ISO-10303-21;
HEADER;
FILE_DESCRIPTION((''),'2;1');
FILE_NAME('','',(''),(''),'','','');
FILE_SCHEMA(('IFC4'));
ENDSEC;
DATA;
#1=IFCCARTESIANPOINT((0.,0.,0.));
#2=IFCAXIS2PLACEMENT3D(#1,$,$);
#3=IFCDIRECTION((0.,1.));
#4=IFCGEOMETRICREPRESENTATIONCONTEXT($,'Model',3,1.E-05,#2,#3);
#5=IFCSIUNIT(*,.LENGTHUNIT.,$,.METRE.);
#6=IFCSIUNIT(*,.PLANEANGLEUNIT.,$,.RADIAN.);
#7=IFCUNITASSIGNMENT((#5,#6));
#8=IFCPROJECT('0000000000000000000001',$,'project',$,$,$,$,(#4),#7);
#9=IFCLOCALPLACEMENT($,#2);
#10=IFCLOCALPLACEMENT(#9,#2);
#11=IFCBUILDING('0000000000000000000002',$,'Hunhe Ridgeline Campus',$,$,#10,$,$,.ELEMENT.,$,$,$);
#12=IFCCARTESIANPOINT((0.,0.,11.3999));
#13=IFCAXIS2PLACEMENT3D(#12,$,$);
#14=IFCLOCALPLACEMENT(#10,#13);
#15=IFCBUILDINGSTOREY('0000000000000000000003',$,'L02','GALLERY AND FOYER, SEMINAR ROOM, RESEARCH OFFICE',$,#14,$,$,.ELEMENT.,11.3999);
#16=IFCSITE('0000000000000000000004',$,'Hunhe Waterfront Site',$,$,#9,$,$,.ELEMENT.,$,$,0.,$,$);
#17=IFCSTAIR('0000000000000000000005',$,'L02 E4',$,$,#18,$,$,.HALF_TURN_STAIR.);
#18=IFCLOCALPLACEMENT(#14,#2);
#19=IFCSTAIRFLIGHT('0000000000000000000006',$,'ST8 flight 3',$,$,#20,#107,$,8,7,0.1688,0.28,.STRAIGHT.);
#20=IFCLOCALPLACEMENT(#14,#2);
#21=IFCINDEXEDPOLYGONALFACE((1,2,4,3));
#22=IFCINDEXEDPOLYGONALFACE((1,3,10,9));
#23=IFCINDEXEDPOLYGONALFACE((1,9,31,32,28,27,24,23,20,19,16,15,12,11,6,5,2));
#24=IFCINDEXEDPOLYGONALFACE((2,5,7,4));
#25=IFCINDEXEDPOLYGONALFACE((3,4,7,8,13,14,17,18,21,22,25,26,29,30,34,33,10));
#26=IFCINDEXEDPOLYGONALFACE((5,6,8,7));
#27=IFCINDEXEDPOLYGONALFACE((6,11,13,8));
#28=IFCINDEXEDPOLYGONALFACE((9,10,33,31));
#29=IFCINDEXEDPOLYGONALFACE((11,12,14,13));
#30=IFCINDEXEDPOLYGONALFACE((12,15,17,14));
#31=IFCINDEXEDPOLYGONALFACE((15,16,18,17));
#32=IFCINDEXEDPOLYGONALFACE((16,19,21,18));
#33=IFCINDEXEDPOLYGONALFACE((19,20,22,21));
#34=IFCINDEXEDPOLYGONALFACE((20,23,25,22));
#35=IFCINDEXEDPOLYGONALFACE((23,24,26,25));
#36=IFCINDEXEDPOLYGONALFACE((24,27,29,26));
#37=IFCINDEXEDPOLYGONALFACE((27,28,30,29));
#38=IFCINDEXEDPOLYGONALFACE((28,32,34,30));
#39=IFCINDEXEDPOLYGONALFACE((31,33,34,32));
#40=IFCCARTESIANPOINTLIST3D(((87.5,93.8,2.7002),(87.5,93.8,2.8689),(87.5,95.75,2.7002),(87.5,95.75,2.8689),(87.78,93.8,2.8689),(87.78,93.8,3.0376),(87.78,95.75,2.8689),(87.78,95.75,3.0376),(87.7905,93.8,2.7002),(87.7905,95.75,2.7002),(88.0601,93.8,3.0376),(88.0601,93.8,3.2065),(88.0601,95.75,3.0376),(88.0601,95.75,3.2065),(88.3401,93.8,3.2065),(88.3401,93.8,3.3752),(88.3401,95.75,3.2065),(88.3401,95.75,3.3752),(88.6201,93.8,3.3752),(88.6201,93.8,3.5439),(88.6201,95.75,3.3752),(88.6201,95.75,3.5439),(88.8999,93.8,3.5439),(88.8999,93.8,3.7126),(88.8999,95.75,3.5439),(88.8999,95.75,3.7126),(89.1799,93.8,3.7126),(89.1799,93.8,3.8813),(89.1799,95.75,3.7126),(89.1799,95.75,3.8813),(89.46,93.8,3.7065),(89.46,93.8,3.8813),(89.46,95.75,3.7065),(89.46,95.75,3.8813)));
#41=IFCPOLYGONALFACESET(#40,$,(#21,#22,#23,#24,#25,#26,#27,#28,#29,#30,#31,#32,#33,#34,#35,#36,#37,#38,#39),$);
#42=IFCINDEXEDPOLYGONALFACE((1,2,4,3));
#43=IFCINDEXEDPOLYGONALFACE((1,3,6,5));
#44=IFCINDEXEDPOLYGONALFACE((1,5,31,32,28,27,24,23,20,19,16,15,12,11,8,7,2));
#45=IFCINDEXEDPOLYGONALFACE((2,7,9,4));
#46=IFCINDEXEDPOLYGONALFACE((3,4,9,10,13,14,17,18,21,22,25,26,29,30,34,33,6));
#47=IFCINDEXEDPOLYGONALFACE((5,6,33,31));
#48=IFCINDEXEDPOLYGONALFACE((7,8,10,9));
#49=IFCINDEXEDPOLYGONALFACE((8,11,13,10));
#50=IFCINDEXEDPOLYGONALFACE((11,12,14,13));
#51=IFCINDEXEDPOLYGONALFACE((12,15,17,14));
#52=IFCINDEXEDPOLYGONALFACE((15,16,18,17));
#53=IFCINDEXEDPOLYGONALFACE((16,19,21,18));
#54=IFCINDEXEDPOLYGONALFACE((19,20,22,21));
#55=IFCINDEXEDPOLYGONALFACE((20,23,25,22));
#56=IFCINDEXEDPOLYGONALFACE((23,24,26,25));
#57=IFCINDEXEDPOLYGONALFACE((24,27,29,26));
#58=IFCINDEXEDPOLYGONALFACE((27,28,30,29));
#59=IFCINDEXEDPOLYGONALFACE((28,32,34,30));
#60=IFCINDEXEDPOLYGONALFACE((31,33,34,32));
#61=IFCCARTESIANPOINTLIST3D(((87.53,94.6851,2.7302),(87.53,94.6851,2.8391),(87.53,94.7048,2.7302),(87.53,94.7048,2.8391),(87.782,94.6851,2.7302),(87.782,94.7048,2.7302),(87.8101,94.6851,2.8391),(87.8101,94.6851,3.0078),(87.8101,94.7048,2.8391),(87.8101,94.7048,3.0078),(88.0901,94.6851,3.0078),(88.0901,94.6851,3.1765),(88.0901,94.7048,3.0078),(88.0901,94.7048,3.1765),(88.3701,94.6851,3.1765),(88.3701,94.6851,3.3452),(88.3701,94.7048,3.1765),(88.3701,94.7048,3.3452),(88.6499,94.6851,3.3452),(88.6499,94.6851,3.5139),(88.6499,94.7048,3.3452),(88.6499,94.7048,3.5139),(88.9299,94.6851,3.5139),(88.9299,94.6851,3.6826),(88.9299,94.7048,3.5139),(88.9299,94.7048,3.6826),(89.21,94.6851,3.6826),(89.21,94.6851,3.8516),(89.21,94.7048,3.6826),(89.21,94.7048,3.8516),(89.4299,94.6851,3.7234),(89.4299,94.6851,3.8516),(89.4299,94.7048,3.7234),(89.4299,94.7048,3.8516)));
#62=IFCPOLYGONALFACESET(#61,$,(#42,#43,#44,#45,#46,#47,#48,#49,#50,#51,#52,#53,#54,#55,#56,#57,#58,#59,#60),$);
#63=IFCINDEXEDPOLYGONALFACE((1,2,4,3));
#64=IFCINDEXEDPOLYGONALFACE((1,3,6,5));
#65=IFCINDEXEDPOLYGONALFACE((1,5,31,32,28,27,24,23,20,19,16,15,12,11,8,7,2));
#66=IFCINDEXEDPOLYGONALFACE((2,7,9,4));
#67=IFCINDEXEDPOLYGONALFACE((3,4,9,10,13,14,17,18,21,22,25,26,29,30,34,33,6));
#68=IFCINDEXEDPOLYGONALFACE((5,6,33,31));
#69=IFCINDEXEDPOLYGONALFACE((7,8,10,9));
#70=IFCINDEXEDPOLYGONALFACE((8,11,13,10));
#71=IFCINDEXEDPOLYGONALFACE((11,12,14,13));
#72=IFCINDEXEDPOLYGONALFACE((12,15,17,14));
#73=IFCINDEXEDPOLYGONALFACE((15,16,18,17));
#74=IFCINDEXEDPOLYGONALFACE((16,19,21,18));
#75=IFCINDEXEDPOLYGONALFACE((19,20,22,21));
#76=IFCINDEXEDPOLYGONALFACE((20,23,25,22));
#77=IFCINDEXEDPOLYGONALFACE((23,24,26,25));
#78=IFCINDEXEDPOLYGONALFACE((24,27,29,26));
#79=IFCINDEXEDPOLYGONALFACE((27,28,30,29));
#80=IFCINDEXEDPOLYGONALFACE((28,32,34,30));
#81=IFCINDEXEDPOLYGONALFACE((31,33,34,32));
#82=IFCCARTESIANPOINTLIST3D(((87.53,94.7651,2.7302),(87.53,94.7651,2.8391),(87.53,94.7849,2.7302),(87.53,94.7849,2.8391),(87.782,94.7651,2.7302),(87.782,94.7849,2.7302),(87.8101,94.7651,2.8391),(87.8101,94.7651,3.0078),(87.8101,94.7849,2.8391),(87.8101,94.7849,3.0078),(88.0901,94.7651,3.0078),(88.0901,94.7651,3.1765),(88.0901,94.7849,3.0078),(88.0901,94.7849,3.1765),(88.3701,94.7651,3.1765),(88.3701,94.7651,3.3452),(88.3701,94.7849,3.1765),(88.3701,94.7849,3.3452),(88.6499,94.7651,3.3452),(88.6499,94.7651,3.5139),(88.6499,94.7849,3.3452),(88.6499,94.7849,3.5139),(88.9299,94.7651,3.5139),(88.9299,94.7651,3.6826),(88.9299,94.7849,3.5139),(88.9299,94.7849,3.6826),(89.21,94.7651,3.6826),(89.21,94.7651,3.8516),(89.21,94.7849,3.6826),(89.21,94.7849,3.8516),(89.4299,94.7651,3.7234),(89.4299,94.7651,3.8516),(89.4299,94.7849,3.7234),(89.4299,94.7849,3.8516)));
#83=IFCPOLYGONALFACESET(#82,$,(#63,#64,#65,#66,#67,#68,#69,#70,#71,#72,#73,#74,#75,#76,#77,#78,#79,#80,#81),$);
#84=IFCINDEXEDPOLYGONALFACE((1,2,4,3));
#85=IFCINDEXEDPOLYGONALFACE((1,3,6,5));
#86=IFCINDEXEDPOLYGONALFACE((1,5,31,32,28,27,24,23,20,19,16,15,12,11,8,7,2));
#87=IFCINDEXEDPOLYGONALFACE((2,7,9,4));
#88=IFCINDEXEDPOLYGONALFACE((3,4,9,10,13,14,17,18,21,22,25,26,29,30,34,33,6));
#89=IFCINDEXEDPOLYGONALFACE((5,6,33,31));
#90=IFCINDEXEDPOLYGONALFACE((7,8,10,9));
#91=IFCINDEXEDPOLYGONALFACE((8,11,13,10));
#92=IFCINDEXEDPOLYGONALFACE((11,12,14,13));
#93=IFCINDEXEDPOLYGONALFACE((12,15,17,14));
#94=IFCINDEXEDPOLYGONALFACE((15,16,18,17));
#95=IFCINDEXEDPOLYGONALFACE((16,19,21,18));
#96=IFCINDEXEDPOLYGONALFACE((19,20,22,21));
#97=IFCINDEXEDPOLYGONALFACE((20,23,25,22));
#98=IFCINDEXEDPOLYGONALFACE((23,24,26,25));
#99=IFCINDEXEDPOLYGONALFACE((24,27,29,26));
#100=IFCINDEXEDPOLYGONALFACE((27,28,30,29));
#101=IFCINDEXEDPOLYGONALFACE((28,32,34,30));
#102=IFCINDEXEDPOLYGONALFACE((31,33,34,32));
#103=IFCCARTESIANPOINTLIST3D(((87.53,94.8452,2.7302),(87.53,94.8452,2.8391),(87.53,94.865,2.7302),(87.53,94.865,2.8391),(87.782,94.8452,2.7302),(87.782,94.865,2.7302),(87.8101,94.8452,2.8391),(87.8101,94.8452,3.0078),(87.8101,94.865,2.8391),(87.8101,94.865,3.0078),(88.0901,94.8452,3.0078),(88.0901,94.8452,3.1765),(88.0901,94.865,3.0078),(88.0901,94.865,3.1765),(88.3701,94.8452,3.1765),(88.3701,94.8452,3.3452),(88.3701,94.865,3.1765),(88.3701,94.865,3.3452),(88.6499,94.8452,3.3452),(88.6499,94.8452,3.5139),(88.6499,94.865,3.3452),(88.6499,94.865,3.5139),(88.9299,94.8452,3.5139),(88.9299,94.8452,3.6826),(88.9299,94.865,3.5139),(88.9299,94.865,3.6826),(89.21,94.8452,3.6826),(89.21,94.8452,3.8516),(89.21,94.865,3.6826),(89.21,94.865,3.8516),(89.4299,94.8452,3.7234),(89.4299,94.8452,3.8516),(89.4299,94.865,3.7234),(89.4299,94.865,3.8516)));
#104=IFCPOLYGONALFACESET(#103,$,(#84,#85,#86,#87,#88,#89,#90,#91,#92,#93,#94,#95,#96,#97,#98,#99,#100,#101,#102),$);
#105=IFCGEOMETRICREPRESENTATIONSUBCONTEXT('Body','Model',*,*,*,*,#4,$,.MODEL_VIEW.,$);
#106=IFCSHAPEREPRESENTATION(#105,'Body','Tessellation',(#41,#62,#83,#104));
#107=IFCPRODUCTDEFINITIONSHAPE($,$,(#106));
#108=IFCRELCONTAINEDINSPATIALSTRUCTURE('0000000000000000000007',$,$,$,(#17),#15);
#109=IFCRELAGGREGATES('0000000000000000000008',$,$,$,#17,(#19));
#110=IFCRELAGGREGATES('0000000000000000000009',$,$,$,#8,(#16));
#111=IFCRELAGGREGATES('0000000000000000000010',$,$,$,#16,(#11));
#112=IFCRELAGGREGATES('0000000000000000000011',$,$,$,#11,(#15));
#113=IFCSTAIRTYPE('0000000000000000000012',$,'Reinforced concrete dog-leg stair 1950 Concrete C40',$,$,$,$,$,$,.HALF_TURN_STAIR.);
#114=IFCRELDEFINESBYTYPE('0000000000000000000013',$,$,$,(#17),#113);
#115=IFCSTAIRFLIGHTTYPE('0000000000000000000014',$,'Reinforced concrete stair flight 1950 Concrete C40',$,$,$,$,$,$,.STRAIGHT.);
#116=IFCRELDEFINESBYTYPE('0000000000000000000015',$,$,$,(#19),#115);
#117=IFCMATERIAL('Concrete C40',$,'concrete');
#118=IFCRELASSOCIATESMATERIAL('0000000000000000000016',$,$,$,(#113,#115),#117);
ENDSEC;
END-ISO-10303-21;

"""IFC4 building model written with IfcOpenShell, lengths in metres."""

from ifc_helpers import new_model, si_unit, direction, frame, origin, place, context, subcontext, project, spatial, polyline, outline, extrude, material, type_object, element, aggregate, save


model = new_model("IFC4")

# Units and contexts
model_context = context("Model", 3, precision=1e-05, world=origin(), true_north=direction((0.0, 1.0)))
body_context = subcontext(model_context, "Body", "Model", "MODEL_VIEW")
ifc_project = project(units=[si_unit("LENGTHUNIT", "METRE"), si_unit("PLANEANGLEUNIT", "RADIAN")], contexts=[model_context])

# Site, building, storey
site_placement = place(None, origin())
site = spatial("IfcSite", under=ifc_project, at=site_placement, Name="Hunhe Waterfront Site", CompositionType="ELEMENT", RefElevation=0.0)
building_placement = place(site_placement, origin())
building = spatial("IfcBuilding", under=site, at=building_placement, Name="Hunhe Ridgeline Campus", CompositionType="ELEMENT")
storey_placement = place(building_placement, frame((0.0, 0.0, 11.3999)))
storey = spatial("IfcBuildingStorey", under=building, at=storey_placement, Name="L02", Description="GALLERY AND FOYER, SEMINAR ROOM, RESEARCH OFFICE", CompositionType="ELEMENT", Elevation=11.3999)

# Stair, stair flight
ifc_material_1 = material(Name="Concrete C40", Category="concrete")
stair_type = type_object("IfcStairType", Name="Reinforced concrete dog-leg stair 1950 Concrete C40", PredefinedType="HALF_TURN_STAIR", material=ifc_material_1)
stair_1_placement = place(storey_placement, origin())
stair_1 = element("IfcStair", 1, at=stair_1_placement, inside=storey, type_object=stair_type, Name="L02 E4", PredefinedType="HALF_TURN_STAIR")
stair_flight_type = type_object("IfcStairFlightType", Name="Reinforced concrete stair flight 1950 Concrete C40", PredefinedType="STRAIGHT", material=ifc_material_1)
stair_flight_1_placement = place(storey_placement, frame((87.5, 94.7749, 2.7002), z_axis=(0.0, 0.0, 1.0), x_axis=(1.0, 0.0, 0.0)))
stair_flight_1 = element("IfcStairFlight", 2, at=stair_flight_1_placement, type_object=stair_flight_type, Name="ST8 flight 3", NumberOfRisers=8, NumberOfTreads=7, PredefinedType="STRAIGHT", RiserHeight=0.1688, TreadLength=0.28, context=body_context, shape_type="SweptSolid", body=[
    extrude(outline(polyline([(0.0, 0.0), (0.0, 0.1687), (0.28, 0.1687), (0.28, 0.3374), (0.5601, 0.3374), (0.5601, 0.5063), (0.8401, 0.5063), (0.8401, 0.675), (1.1201, 0.675), (1.1201, 0.8438), (1.3999, 0.8438), (1.3999, 1.0125), (1.6799, 1.0125), (1.6799, 1.1812), (1.96, 1.1812), (1.96, 1.3501), (1.96, 1.0063), (0.2905, 0.0), (0.0, 0.0)])), frame((0.0, 0.9751, 0.0), z_axis=(0.0, -1.0, 0.0), x_axis=(1.0, 0.0, 0.0)), (0.0, 0.0, 1.0), 1.95),
    extrude(outline(polyline([(0.03, 0.03), (0.03, 0.1389), (0.3101, 0.1389), (0.3101, 0.3076), (0.5901, 0.3076), (0.5901, 0.4763), (0.8701, 0.4763), (0.8701, 0.645), (1.1499, 0.645), (1.1499, 0.8137), (1.4299, 0.8137), (1.4299, 0.9824), (1.71, 0.9824), (1.71, 1.1514), (1.9299, 1.1514), (1.9299, 1.0232), (0.282, 0.03), (0.03, 0.03)])), frame((0.0, -0.0701, 0.0), z_axis=(0.0, -1.0, 0.0), x_axis=(1.0, 0.0, 0.0)), (0.0, 0.0, 1.0), 0.0198),
    extrude(outline(polyline([(0.03, 0.03), (0.03, 0.1389), (0.3101, 0.1389), (0.3101, 0.3076), (0.5901, 0.3076), (0.5901, 0.4763), (0.8701, 0.4763), (0.8701, 0.645), (1.1499, 0.645), (1.1499, 0.8137), (1.4299, 0.8137), (1.4299, 0.9824), (1.71, 0.9824), (1.71, 1.1514), (1.9299, 1.1514), (1.9299, 1.0232), (0.282, 0.03), (0.03, 0.03)])), frame((0.0, 0.01, 0.0), z_axis=(0.0, -1.0, 0.0), x_axis=(1.0, 0.0, 0.0)), (0.0, 0.0, 1.0), 0.0198),
    extrude(outline(polyline([(0.03, 0.03), (0.03, 0.1389), (0.3101, 0.1389), (0.3101, 0.3076), (0.5901, 0.3076), (0.5901, 0.4763), (0.8701, 0.4763), (0.8701, 0.645), (1.1499, 0.645), (1.1499, 0.8137), (1.4299, 0.8137), (1.4299, 0.9824), (1.71, 0.9824), (1.71, 1.1514), (1.9299, 1.1514), (1.9299, 1.0232), (0.282, 0.03), (0.03, 0.03)])), frame((0.0, 0.0901, 0.0), z_axis=(0.0, -1.0, 0.0), x_axis=(1.0, 0.0, 0.0)), (0.0, 0.0, 1.0), 0.0198),
])
aggregate(stair_1, [stair_flight_1])

save(model, "model.ifc")
